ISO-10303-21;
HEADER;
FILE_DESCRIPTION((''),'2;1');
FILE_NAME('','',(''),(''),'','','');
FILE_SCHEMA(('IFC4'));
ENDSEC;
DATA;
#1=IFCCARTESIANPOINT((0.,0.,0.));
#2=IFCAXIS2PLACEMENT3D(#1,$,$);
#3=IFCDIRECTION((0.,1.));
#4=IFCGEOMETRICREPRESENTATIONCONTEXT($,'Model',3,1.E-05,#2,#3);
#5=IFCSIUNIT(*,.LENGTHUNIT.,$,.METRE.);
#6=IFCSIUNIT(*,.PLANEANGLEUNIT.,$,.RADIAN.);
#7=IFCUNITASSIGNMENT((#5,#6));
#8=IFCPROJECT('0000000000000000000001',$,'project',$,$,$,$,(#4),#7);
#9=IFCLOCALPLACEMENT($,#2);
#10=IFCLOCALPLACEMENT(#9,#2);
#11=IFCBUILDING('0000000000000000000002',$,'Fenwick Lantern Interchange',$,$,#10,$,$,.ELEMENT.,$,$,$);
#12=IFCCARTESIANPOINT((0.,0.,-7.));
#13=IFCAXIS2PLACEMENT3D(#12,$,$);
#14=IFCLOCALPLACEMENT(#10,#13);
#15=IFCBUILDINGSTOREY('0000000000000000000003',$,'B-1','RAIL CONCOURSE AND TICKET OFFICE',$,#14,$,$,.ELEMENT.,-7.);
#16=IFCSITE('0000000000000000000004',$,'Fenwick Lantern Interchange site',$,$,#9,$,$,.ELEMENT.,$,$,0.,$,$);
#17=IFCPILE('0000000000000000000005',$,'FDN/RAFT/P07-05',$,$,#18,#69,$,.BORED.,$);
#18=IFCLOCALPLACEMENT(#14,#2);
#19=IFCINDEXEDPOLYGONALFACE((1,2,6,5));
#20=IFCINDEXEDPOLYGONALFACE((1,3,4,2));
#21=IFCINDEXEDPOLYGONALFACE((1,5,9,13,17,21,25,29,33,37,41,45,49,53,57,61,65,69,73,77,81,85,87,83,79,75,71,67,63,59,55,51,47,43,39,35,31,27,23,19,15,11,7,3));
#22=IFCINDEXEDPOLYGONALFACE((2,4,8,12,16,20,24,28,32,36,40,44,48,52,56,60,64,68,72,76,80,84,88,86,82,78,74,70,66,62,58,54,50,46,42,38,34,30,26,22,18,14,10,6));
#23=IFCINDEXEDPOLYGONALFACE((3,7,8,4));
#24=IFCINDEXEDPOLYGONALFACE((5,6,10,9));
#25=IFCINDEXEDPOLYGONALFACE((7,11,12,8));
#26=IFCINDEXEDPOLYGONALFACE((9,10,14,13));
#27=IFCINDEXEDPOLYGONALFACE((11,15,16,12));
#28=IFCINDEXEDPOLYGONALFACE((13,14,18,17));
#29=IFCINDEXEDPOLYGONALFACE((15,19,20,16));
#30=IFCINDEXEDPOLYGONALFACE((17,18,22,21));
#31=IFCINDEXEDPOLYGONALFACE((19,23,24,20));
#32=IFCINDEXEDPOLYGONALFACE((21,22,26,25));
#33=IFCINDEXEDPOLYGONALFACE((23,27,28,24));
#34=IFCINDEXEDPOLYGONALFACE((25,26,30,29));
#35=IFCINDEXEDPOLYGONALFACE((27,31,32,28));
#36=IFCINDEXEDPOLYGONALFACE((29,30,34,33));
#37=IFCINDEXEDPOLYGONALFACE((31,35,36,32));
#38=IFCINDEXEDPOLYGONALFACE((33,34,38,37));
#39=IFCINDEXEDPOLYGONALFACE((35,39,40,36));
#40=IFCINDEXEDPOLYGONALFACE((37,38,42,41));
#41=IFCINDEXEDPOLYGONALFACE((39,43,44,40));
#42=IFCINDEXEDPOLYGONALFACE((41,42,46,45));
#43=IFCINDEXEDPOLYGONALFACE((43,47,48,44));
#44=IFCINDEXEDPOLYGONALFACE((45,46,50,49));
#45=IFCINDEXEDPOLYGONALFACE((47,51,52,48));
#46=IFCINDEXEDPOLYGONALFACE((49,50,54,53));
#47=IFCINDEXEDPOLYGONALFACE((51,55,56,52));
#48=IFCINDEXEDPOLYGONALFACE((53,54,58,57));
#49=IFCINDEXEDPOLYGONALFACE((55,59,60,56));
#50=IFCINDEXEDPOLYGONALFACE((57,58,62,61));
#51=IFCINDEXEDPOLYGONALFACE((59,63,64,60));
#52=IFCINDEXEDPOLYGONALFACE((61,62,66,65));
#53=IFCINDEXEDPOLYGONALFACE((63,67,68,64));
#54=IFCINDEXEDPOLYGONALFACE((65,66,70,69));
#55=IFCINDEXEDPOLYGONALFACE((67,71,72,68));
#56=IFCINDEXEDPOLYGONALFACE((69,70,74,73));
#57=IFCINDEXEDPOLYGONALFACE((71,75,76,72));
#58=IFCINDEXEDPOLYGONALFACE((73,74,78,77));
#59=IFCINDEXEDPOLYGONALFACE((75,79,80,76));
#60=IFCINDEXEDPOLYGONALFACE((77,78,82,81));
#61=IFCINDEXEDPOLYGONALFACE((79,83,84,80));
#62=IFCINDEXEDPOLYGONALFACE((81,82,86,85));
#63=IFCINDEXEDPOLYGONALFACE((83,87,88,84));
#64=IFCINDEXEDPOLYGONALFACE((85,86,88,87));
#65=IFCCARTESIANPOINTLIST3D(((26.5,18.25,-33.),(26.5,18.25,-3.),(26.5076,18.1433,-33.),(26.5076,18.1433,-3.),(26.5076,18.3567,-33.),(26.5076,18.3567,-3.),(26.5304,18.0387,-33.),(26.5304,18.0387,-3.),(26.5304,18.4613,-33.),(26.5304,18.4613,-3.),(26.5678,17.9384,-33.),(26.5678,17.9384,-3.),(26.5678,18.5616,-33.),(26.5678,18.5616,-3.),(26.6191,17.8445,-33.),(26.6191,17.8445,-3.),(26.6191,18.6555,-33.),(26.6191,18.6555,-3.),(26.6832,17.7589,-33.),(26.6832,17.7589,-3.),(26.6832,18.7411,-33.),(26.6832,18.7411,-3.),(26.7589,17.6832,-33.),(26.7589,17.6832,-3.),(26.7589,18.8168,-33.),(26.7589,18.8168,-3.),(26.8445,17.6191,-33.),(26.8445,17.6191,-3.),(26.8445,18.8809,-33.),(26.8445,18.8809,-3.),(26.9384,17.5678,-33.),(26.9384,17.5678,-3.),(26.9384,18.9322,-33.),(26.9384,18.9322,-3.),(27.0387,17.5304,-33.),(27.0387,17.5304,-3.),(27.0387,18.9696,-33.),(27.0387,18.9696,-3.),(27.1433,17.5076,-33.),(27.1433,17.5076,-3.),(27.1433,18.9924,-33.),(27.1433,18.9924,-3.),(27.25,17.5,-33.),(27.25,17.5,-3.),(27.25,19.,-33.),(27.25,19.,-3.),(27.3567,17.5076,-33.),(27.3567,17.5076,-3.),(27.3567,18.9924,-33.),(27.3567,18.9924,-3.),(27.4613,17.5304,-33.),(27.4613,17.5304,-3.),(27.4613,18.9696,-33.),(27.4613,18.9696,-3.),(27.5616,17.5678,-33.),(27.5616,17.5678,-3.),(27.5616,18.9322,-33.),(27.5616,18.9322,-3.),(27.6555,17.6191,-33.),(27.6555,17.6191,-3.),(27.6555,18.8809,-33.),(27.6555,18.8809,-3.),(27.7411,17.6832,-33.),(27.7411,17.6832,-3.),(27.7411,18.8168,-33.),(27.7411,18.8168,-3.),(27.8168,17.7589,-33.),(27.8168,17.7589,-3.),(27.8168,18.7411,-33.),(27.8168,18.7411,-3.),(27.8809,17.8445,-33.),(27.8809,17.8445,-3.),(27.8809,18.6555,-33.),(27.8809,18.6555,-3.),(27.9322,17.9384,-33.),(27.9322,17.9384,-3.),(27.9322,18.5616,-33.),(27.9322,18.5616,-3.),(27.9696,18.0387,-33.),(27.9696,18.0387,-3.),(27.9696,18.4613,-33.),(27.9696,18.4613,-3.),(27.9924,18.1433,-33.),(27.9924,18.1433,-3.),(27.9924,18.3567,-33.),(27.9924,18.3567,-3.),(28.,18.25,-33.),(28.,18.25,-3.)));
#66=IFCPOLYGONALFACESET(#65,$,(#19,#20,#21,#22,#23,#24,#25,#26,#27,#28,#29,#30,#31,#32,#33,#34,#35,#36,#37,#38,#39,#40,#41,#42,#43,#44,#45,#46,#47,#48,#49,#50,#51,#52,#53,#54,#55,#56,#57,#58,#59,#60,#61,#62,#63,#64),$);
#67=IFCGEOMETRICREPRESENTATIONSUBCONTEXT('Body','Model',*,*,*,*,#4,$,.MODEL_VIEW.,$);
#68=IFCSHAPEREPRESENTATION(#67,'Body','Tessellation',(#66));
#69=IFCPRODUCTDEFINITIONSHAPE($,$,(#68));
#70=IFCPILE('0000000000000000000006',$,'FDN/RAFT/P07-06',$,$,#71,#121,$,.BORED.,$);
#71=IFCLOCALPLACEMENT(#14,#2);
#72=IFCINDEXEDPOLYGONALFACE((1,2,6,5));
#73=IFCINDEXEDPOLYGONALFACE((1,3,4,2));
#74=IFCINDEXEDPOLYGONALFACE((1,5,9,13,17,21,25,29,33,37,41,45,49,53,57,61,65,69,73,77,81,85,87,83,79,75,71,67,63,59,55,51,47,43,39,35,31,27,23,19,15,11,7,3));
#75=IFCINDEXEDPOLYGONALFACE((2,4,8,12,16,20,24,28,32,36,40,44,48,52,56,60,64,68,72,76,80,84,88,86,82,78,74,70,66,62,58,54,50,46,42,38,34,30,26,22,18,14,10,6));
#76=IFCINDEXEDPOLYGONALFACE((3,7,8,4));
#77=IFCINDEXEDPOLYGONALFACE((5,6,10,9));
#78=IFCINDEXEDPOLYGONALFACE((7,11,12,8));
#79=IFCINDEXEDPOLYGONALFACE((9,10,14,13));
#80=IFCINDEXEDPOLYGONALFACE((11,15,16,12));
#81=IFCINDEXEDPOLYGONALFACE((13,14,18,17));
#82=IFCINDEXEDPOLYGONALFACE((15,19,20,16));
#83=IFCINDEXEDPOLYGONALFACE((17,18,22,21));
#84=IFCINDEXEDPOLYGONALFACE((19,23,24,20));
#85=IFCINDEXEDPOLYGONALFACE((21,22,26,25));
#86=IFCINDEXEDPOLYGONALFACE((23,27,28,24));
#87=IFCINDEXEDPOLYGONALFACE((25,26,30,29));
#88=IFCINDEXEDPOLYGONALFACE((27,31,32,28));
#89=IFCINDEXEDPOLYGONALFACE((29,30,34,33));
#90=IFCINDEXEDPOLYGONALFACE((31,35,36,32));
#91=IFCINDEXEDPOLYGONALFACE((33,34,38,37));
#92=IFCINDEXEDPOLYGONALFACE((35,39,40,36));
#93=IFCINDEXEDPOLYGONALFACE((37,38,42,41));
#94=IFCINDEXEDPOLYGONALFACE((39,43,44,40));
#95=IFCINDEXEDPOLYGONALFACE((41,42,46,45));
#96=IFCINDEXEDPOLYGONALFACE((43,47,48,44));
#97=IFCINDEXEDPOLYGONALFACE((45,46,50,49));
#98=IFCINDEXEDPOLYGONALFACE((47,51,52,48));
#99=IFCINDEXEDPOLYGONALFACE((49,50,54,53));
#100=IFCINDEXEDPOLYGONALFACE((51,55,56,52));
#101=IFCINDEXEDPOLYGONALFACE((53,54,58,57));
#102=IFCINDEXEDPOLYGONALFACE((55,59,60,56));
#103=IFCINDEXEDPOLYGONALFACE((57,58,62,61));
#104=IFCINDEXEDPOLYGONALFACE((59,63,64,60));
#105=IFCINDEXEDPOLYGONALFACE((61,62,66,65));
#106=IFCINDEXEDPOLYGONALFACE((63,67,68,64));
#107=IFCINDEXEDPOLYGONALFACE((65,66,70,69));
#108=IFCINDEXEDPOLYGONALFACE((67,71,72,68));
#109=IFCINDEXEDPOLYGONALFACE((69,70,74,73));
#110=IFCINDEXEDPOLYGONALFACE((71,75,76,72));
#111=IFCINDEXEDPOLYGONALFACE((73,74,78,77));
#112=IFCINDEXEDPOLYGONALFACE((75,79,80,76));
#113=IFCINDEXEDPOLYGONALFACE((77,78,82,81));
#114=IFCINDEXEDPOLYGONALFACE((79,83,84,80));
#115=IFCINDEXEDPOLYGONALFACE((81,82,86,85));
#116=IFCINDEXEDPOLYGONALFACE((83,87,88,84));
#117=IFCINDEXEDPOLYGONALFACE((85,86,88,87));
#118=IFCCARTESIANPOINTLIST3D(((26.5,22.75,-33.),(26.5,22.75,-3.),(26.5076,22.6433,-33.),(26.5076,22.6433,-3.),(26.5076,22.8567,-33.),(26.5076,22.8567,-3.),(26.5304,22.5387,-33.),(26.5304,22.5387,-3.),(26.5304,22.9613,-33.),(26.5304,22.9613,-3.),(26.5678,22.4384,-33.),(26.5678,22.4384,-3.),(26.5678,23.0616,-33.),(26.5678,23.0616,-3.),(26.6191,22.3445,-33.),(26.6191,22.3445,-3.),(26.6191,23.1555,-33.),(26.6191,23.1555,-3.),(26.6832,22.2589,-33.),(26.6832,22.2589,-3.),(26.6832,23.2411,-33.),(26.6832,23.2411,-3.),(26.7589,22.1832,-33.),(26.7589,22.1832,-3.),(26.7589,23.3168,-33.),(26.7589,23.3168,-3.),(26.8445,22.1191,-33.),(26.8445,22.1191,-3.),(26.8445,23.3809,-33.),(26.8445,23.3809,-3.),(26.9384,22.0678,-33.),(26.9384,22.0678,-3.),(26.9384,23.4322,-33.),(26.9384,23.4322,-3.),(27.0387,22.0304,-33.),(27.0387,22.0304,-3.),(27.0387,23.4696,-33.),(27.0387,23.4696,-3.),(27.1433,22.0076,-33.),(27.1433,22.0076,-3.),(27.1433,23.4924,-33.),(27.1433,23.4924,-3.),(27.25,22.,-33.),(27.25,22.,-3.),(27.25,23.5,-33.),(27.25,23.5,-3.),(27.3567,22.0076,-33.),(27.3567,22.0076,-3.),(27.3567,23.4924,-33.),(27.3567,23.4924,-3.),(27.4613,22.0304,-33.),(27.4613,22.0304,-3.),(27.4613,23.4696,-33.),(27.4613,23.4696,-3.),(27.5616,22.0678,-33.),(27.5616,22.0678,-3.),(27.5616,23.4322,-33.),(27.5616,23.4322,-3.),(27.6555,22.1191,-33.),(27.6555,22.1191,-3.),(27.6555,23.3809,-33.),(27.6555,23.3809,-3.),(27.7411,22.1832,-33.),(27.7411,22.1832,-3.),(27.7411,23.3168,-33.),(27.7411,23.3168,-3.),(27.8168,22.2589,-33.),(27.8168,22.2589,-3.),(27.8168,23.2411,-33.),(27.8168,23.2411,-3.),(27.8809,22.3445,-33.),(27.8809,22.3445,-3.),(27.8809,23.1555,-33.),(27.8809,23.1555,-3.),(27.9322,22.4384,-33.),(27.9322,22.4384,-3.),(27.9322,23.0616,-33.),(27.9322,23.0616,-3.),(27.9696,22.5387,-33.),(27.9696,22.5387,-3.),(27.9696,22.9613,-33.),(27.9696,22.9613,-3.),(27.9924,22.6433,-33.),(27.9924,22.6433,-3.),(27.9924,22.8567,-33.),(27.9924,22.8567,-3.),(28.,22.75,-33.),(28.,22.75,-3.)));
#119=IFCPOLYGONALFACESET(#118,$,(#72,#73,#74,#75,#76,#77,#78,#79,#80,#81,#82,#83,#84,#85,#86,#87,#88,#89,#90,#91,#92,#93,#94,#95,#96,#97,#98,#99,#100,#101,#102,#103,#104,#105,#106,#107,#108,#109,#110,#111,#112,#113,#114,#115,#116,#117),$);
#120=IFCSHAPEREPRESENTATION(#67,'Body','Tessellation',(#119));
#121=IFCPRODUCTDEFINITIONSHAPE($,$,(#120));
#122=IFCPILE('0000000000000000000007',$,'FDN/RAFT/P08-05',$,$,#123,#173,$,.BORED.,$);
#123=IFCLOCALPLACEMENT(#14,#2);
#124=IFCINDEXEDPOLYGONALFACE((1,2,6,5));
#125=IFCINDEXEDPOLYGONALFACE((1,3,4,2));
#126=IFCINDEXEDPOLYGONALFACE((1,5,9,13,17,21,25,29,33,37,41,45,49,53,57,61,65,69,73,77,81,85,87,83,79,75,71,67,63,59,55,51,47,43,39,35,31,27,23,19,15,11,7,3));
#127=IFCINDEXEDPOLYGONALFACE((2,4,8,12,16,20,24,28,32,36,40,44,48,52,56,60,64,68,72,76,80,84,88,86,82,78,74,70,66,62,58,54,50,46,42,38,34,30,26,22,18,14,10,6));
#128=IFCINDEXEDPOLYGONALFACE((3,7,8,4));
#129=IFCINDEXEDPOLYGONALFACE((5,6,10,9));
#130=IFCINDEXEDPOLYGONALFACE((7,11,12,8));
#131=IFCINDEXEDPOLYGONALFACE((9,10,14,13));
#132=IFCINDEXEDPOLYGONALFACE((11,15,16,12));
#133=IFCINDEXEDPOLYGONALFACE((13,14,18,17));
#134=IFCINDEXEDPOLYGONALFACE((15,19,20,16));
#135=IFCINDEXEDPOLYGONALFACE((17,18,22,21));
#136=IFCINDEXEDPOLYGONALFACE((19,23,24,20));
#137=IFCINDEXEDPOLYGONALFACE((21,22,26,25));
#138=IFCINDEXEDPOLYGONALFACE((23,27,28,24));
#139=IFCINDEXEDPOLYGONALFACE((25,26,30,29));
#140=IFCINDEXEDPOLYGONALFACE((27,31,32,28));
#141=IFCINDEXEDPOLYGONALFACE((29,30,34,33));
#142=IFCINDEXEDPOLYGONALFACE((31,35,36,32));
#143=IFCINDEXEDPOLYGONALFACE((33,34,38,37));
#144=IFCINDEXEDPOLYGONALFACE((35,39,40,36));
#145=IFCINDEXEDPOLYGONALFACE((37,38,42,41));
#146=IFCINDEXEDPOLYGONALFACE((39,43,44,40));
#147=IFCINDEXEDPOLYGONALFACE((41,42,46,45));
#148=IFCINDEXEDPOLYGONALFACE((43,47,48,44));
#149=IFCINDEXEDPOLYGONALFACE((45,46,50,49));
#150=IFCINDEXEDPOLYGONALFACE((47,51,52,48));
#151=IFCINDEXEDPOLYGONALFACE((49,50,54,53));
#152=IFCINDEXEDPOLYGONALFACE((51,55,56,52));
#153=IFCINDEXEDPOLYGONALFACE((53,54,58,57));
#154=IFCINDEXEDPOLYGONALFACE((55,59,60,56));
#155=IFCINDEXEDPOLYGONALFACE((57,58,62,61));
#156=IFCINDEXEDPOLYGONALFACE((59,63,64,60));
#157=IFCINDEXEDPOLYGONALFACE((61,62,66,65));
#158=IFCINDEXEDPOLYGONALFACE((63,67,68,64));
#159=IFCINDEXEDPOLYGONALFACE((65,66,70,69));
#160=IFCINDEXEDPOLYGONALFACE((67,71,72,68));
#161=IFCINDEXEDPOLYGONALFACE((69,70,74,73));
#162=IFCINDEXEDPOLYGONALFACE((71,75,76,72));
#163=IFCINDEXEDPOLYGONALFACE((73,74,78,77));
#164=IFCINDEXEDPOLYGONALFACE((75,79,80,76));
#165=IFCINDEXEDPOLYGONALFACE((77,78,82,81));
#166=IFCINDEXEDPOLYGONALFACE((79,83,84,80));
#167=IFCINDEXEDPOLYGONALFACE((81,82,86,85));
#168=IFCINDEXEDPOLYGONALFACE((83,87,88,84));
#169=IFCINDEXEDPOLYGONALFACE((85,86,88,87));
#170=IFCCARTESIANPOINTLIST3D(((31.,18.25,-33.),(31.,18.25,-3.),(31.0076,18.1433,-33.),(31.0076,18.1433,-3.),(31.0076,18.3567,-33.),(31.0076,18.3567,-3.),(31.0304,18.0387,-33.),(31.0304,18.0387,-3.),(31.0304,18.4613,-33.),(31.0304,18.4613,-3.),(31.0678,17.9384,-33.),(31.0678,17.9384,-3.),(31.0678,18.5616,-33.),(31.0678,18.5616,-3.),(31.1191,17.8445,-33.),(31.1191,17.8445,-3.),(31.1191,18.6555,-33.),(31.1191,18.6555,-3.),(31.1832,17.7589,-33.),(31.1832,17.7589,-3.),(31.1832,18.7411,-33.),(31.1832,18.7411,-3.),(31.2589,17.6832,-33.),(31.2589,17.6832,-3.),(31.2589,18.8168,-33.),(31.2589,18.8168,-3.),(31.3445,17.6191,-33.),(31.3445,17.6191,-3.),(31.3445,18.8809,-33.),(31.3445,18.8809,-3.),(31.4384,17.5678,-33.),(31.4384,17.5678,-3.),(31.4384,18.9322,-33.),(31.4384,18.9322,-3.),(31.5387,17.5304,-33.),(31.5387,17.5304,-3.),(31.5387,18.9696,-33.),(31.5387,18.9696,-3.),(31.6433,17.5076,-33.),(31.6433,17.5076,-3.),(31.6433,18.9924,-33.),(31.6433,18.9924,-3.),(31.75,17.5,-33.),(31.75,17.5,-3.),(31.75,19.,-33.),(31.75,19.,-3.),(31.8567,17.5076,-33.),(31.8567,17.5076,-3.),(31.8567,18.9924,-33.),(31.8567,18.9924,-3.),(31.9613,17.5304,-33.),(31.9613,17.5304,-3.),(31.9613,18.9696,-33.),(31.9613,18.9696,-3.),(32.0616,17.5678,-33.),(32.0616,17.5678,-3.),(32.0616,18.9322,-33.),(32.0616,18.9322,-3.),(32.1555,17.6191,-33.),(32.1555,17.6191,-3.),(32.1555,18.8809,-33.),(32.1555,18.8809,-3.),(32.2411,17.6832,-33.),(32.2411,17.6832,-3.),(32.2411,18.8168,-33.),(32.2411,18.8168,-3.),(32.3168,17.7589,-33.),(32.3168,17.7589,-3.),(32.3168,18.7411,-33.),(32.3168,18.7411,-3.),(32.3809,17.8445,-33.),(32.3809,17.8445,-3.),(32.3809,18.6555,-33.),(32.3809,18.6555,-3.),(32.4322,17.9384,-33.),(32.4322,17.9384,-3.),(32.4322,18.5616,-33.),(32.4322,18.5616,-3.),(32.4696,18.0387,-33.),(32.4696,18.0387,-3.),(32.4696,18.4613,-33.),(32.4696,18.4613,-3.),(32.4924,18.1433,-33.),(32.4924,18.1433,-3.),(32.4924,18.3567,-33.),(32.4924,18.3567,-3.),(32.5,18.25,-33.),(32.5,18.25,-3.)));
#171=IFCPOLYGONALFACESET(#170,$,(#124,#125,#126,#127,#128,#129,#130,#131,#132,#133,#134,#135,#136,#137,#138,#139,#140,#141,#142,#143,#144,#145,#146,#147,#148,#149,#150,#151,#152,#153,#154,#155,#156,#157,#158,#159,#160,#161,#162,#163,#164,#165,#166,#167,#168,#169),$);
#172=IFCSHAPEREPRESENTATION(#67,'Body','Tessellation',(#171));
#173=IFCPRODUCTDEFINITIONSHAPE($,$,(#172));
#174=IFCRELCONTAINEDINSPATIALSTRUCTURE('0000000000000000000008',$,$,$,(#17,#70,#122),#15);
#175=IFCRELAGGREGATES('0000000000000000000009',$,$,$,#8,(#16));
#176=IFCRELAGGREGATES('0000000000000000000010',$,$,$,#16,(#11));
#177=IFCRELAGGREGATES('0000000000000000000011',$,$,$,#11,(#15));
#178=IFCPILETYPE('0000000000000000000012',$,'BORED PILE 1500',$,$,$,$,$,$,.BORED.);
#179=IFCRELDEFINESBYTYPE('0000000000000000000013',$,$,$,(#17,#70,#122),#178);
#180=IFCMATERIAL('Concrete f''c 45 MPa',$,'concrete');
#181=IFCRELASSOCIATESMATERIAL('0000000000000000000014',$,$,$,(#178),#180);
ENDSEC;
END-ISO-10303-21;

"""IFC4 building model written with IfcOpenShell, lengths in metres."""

from ifc_helpers import new_model, si_unit, direction, frame, origin, origin_2d, place, context, subcontext, project, spatial, circle, extrude, material, type_object, element, save


model = new_model("IFC4")

# Units and contexts
model_context = context("Model", 3, precision=1e-05, world=origin(), true_north=direction((0.0, 1.0)))
body_context = subcontext(model_context, "Body", "Model", "MODEL_VIEW")
ifc_project = project(units=[si_unit("LENGTHUNIT", "METRE"), si_unit("PLANEANGLEUNIT", "RADIAN")], contexts=[model_context])

# Site, building, storey
site_placement = place(None, origin())
site = spatial("IfcSite", under=ifc_project, at=site_placement, Name="Fenwick Lantern Interchange site", CompositionType="ELEMENT", RefElevation=0.0)
building_placement = place(site_placement, origin())
building = spatial("IfcBuilding", under=site, at=building_placement, Name="Fenwick Lantern Interchange", CompositionType="ELEMENT")
storey_placement = place(building_placement, frame((0.0, 0.0, -7.0)))
storey = spatial("IfcBuildingStorey", under=building, at=storey_placement, Name="B-1", Description="RAIL CONCOURSE AND TICKET OFFICE", CompositionType="ELEMENT", Elevation=-7.0)

# Piles
ifc_material_1 = material(Name="Concrete f'c 45 MPa", Category="concrete")
pile_type = type_object("IfcPileType", Name="BORED PILE 1500", PredefinedType="BORED", material=ifc_material_1)
for number, where, z_axis, x_axis, name in (
    (1, (27.25, 18.25, -3.0), (0.0, 0.0, -1.0), (1.0, 0.0, 0.0), "FDN/RAFT/P07-05"),
    (2, (27.25, 22.75, -3.0), (0.0, 0.0, -1.0), (1.0, 0.0, 0.0), "FDN/RAFT/P07-06"),
    (3, (31.75, 18.25, -3.0), (0.0, 0.0, -1.0), (1.0, 0.0, 0.0), "FDN/RAFT/P08-05"),
):
    element("IfcPile", number, at=place(storey_placement, frame(where, z_axis=z_axis, x_axis=x_axis)), inside=storey, type_object=pile_type, Name=name, PredefinedType="BORED", context=body_context, shape_type="SweptSolid", body=[
        extrude(circle(Radius=0.75, at=origin_2d()), origin(), (0.0, 0.0, 1.0), 30.0),
    ])

save(model, "model.ifc")
